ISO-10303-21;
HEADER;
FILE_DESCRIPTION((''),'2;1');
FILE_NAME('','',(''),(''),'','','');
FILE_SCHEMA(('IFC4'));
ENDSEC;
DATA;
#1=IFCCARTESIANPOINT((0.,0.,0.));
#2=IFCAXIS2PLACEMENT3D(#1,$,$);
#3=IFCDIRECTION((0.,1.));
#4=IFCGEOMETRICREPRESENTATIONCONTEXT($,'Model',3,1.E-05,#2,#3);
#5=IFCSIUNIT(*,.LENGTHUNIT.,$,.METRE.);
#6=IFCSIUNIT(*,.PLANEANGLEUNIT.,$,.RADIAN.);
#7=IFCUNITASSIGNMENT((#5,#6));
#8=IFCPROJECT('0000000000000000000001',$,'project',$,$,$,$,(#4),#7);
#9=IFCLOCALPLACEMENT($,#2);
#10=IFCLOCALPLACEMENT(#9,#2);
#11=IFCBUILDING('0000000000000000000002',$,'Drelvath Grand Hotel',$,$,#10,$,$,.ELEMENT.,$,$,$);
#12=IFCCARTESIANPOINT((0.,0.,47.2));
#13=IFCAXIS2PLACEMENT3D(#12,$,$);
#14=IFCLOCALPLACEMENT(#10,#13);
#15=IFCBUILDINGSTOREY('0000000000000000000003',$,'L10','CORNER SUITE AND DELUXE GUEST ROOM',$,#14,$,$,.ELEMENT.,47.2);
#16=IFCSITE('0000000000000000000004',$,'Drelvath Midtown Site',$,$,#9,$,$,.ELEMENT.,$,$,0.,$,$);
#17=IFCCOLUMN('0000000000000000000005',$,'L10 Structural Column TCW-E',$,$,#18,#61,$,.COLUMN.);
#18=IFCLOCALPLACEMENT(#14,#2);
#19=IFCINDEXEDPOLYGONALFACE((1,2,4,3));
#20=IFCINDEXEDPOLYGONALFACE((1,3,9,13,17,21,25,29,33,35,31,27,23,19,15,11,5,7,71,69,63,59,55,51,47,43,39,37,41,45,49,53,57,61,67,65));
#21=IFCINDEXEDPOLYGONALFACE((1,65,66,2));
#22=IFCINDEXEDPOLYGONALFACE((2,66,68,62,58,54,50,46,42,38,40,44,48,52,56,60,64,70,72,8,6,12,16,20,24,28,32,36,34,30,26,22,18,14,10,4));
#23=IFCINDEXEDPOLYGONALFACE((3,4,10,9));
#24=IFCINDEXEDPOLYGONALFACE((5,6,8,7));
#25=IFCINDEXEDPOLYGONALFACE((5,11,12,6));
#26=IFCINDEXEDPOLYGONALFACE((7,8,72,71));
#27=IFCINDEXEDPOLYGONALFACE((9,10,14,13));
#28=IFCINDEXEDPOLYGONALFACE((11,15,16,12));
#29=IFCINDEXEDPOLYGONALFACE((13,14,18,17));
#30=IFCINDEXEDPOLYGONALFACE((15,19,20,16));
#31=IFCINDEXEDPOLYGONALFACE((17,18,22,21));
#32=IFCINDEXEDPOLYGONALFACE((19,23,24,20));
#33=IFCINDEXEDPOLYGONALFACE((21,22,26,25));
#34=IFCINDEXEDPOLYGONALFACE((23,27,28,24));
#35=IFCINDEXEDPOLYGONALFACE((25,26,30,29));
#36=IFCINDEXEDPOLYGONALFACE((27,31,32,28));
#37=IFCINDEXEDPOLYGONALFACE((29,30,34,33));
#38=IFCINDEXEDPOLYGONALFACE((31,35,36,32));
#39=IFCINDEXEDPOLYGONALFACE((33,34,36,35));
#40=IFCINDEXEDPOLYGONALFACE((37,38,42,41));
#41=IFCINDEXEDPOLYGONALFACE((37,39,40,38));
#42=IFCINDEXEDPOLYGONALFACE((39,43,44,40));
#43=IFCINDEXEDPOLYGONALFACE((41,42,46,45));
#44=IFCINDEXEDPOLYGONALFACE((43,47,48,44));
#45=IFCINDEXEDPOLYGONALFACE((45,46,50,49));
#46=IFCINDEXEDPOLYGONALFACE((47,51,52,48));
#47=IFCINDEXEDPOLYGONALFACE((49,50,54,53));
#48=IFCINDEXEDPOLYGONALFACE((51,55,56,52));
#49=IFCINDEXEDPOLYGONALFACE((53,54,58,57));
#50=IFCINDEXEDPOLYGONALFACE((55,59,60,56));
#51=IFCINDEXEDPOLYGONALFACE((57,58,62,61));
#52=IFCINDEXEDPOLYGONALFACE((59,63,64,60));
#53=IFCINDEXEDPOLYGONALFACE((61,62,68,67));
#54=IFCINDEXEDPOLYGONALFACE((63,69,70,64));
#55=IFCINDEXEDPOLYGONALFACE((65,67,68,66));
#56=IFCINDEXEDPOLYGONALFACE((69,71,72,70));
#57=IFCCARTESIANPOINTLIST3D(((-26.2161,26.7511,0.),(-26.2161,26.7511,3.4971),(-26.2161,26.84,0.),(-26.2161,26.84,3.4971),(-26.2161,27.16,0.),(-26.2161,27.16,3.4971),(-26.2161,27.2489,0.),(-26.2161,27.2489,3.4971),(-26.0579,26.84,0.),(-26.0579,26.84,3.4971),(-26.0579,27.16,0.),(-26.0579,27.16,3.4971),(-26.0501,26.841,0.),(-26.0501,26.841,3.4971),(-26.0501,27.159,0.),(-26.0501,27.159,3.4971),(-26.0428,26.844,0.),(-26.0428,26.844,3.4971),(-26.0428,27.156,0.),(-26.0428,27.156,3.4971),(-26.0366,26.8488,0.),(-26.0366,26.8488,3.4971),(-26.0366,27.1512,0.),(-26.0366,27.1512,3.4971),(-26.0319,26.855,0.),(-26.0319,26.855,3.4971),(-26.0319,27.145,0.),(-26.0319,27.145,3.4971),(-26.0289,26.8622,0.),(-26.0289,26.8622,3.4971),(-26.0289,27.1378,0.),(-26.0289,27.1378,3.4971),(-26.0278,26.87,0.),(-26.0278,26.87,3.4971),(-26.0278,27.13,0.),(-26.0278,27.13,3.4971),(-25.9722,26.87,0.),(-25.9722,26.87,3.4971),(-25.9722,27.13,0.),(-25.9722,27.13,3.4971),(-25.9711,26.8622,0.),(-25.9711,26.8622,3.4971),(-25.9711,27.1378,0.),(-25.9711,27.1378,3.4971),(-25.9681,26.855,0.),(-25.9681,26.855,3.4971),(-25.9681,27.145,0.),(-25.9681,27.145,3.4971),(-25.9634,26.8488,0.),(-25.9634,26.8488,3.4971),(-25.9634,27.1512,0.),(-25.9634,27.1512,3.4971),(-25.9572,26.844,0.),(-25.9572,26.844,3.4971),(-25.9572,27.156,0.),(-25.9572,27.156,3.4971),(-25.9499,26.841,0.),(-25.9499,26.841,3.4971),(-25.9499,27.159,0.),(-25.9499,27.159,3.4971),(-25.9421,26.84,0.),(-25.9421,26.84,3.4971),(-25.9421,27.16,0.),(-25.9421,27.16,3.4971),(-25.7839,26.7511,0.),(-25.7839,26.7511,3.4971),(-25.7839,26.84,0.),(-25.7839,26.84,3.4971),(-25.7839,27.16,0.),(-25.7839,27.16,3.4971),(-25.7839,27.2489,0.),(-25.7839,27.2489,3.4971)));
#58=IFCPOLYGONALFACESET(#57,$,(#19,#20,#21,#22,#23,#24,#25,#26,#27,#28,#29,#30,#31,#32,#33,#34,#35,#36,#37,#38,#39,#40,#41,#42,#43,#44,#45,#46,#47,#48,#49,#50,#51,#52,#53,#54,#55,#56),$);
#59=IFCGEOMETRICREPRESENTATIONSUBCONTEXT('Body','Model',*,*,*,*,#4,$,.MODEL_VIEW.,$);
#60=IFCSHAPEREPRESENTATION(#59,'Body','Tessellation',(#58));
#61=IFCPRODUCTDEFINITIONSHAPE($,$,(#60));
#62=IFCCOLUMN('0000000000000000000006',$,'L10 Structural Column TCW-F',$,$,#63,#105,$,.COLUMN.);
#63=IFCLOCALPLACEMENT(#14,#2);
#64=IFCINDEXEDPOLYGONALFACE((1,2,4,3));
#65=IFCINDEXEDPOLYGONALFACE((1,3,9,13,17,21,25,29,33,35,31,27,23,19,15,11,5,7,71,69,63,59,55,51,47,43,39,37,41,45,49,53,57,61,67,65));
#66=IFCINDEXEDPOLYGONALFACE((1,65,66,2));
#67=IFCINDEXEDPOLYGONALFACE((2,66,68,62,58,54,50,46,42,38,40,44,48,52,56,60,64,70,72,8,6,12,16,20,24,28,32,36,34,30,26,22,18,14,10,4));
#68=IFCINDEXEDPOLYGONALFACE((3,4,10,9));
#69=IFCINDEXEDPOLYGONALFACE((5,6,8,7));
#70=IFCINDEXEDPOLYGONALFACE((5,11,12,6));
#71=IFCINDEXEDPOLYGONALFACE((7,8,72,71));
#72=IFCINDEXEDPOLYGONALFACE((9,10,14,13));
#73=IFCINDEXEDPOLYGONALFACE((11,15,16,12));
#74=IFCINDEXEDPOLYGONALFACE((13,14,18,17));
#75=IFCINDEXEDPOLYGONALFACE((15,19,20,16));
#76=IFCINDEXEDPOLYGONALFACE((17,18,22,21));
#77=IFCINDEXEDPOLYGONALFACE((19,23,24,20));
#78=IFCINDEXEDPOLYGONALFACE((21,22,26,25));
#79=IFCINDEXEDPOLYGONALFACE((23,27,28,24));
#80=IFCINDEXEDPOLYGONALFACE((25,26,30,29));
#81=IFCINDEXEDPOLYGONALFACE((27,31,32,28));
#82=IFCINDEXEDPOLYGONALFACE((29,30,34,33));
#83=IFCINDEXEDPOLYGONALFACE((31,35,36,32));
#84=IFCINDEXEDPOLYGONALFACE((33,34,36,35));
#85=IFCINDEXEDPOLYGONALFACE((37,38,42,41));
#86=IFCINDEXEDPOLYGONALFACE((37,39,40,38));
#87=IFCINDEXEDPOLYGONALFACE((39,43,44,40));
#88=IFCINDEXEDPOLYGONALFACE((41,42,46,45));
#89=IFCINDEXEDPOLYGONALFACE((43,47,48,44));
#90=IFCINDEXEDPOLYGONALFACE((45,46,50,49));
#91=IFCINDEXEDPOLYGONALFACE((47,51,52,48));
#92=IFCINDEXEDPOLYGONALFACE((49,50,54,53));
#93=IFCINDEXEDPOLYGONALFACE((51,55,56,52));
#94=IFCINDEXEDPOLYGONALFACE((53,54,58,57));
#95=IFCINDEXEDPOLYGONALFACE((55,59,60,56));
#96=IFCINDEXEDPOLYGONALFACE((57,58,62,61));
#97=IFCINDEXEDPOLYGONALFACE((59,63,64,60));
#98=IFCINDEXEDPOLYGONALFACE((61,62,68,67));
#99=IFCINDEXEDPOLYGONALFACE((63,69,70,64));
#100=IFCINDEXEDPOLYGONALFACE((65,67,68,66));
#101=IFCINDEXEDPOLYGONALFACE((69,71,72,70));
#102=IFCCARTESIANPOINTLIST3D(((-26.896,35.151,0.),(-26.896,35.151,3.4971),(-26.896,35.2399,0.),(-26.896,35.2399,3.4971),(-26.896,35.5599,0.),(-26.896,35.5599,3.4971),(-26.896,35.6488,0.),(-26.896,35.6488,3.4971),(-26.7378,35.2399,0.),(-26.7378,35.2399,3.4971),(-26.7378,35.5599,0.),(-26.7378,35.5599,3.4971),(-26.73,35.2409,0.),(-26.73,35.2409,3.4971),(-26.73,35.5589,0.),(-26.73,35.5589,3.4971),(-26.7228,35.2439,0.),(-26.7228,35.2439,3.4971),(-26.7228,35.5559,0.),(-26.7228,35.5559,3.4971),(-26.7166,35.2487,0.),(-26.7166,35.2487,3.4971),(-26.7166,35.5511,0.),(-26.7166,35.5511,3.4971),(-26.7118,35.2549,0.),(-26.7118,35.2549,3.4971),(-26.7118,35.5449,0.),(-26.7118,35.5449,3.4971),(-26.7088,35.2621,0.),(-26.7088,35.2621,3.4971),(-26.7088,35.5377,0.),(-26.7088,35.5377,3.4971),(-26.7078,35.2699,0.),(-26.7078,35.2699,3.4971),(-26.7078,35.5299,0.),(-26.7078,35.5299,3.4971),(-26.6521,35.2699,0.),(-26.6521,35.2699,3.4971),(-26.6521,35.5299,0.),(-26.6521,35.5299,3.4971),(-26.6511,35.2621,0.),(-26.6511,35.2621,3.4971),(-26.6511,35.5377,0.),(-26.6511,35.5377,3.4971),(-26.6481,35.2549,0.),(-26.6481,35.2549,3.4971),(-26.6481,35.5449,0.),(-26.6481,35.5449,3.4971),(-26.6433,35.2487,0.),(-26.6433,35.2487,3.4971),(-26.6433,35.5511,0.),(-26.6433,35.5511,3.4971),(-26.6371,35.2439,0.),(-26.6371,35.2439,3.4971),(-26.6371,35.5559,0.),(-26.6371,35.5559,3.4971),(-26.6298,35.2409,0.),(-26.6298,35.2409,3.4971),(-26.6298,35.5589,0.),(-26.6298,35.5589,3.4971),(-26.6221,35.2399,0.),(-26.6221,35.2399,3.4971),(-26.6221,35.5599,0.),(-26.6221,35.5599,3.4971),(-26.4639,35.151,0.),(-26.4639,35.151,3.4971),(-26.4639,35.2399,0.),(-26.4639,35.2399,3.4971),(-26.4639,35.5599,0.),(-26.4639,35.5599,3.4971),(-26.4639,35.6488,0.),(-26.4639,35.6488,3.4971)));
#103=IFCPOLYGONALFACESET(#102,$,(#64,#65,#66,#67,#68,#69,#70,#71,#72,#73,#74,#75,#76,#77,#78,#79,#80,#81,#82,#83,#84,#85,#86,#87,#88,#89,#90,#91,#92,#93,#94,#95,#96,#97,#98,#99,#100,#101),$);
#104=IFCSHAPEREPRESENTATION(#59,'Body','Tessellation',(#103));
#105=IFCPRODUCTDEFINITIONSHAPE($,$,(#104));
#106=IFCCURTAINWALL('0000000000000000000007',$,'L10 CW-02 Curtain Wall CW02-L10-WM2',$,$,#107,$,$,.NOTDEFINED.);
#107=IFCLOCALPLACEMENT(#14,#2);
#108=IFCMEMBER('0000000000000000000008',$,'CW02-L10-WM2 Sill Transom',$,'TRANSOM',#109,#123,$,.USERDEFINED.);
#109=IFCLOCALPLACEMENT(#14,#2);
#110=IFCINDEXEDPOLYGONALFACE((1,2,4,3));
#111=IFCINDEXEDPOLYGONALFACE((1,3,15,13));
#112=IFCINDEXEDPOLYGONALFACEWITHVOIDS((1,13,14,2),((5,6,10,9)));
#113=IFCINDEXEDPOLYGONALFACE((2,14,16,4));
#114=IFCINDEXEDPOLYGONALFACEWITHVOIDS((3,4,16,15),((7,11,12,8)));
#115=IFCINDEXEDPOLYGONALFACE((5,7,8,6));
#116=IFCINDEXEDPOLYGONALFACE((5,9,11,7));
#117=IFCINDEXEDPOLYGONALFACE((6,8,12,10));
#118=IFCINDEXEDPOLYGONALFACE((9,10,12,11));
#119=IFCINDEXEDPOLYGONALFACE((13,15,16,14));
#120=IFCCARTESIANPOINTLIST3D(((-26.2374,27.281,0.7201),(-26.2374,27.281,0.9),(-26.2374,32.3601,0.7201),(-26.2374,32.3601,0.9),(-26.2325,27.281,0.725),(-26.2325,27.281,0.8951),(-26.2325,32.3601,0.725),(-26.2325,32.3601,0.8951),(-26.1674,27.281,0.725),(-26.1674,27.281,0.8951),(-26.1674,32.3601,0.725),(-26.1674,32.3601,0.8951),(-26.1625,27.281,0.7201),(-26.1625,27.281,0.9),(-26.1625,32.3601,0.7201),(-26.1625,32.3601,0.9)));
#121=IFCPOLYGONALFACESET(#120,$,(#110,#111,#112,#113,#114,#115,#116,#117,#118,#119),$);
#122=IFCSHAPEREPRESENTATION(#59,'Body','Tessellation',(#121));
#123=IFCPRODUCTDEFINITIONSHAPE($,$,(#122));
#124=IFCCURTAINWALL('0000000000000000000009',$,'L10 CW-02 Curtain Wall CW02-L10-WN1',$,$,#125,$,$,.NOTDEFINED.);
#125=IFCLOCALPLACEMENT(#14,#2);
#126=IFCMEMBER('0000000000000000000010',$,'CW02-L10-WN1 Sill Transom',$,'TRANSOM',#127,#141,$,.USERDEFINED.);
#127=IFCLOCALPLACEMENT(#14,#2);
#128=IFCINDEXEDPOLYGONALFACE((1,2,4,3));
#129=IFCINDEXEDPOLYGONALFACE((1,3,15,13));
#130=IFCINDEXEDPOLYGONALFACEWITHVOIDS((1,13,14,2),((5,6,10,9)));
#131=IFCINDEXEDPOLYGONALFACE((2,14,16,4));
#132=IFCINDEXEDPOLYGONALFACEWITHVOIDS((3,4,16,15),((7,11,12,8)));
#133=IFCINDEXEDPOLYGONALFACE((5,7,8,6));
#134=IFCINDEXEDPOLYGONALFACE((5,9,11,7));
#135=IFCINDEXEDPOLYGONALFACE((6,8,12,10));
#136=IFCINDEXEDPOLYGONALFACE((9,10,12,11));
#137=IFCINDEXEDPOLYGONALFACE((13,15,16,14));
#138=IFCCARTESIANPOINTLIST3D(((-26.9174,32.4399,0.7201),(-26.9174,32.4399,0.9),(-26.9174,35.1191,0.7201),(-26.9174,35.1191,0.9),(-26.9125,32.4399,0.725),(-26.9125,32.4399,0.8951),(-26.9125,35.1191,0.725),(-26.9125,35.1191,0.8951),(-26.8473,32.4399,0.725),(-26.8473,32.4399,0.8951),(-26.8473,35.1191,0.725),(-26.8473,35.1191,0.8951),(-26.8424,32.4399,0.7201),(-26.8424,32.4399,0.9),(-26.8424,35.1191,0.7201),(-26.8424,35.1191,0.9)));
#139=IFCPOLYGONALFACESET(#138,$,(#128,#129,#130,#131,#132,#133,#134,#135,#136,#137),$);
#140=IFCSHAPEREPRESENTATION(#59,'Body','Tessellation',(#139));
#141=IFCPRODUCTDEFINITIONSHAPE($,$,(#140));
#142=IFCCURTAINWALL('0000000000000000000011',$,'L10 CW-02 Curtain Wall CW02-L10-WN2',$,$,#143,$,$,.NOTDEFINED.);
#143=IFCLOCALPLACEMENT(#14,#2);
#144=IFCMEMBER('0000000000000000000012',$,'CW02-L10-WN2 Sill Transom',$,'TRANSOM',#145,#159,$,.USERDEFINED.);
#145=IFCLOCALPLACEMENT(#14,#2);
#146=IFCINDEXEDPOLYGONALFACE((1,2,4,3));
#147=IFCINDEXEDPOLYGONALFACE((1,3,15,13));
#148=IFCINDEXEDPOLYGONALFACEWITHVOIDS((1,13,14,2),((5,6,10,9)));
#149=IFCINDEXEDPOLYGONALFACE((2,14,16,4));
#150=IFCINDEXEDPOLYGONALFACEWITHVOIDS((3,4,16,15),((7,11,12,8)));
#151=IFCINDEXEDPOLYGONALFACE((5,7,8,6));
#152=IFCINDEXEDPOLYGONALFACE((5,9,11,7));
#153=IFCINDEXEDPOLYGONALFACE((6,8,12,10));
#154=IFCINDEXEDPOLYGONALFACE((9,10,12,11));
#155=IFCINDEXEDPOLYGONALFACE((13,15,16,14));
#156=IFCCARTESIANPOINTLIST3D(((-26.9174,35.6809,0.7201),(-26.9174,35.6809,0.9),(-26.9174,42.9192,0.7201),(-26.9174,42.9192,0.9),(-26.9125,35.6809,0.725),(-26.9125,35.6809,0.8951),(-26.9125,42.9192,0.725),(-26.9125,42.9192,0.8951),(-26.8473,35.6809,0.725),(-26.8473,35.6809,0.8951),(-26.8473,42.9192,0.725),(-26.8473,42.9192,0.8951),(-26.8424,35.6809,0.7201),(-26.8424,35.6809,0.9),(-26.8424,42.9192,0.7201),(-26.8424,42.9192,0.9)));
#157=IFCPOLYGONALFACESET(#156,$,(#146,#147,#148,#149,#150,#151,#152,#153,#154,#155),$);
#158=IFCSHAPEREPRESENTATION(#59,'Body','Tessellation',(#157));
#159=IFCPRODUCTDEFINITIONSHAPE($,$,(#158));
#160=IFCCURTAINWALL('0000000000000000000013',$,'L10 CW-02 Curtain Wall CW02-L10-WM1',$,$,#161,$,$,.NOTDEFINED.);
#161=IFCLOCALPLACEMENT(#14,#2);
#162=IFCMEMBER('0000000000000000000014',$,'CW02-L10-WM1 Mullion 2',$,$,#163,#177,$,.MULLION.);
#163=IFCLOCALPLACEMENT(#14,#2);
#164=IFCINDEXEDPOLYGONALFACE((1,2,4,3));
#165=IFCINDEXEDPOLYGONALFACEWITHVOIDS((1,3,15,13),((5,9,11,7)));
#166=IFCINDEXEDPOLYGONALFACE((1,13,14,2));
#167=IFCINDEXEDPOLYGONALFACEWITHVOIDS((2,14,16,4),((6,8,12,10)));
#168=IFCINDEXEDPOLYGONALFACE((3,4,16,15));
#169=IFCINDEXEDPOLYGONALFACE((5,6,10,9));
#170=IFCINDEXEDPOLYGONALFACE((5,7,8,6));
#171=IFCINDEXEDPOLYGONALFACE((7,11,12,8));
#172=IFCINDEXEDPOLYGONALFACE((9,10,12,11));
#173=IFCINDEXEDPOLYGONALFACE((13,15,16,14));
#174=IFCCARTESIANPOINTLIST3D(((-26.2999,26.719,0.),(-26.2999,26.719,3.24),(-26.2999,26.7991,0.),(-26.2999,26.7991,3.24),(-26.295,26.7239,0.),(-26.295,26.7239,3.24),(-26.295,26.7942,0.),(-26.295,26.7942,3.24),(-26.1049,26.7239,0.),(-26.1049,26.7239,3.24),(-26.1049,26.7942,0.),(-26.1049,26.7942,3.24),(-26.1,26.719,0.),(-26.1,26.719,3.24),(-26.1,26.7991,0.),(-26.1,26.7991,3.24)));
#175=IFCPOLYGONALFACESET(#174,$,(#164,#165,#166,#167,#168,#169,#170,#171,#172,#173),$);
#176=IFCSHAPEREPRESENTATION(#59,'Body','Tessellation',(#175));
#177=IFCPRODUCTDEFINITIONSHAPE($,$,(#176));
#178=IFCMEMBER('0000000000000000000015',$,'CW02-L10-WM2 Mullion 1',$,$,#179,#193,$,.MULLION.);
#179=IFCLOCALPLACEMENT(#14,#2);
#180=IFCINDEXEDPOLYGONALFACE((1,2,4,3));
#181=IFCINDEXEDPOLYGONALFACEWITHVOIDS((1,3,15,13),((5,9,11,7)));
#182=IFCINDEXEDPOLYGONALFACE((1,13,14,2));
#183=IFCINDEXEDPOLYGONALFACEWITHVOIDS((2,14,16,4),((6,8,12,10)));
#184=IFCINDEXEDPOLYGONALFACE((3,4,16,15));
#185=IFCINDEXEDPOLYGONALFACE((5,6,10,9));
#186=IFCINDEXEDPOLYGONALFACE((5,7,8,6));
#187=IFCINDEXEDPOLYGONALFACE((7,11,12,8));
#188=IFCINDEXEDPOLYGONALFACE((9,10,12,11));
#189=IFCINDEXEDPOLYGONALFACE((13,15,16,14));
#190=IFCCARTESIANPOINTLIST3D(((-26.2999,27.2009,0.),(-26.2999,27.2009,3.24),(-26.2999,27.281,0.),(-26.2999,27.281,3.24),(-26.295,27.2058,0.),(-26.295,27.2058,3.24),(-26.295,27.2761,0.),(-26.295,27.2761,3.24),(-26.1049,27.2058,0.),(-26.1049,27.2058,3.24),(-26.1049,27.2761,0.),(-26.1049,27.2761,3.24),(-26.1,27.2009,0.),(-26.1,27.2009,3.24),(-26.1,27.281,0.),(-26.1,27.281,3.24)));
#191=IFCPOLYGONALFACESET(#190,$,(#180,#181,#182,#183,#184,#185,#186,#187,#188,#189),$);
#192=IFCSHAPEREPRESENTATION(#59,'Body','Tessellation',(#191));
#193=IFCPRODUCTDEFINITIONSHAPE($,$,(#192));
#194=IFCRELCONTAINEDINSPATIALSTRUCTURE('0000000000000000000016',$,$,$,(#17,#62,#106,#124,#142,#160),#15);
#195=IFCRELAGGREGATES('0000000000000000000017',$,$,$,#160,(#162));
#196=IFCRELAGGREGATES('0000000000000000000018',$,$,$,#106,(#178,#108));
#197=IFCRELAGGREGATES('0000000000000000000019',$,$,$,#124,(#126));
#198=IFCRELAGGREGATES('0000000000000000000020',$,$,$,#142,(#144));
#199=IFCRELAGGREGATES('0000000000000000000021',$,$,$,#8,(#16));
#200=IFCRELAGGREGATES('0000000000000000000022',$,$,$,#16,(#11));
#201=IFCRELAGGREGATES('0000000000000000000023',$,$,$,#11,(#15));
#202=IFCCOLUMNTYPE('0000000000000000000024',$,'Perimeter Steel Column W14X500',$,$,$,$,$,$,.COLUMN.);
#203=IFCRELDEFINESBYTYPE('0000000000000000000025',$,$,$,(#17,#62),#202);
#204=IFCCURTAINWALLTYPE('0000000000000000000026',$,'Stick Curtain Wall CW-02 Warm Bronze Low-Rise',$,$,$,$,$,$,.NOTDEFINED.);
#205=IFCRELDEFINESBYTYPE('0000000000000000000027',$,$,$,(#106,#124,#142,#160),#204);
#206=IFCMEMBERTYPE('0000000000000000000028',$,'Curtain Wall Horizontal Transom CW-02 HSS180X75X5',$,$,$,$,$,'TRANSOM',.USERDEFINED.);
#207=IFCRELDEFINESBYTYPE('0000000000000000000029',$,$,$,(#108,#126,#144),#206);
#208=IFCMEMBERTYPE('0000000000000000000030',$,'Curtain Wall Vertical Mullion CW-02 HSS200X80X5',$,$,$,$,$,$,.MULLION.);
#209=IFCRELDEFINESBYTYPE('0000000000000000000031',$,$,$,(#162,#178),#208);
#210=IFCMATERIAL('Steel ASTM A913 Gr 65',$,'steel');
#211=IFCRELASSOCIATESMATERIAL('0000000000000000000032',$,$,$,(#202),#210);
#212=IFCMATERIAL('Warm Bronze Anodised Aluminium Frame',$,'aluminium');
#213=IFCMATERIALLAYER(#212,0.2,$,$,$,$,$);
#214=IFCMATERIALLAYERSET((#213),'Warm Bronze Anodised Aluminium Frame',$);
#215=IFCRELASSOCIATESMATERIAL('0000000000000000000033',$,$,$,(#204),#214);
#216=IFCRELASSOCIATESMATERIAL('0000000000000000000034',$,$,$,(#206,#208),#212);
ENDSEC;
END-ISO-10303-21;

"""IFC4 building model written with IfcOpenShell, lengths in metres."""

from ifc_helpers import new_model, si_unit, direction, frame, origin, origin_2d, place, context, subcontext, project, spatial, hollow_rectangle, i_section, extrude, material, layer, layer_set, material_profile, profile_set, type_object, element, aggregate, save


model = new_model("IFC4")

# Units and contexts
model_context = context("Model", 3, precision=1e-05, world=origin(), true_north=direction((0.0, 1.0)))
body_context = subcontext(model_context, "Body", "Model", "MODEL_VIEW")
ifc_project = project(units=[si_unit("LENGTHUNIT", "METRE"), si_unit("PLANEANGLEUNIT", "RADIAN")], contexts=[model_context])

# Site, building, storey
site_placement = place(None, origin())
site = spatial("IfcSite", under=ifc_project, at=site_placement, Name="Drelvath Midtown Site", CompositionType="ELEMENT", RefElevation=0.0)
building_placement = place(site_placement, origin())
building = spatial("IfcBuilding", under=site, at=building_placement, Name="Drelvath Grand Hotel", CompositionType="ELEMENT")
storey_placement = place(building_placement, frame((0.0, 0.0, 47.2)))
storey = spatial("IfcBuildingStorey", under=building, at=storey_placement, Name="L10", Description="CORNER SUITE AND DELUXE GUEST ROOM", CompositionType="ELEMENT", Elevation=47.2)

# Columns
ifc_material_1 = material(Name="Steel ASTM A913 Gr 65", Category="steel")
ifc_material_profile_1 = material_profile(ifc_material_1, i_section(OverallWidth=0.4321, OverallDepth=0.4978, WebThickness=0.0557, FlangeThickness=0.0889, FilletRadius=0.03, at=origin_2d()), Name="W14X500")
ifc_profile_set_1 = profile_set([ifc_material_profile_1], Name="Steel ASTM A913 Gr 65")
column_type = type_object("IfcColumnType", Name="Perimeter Steel Column W14X500", PredefinedType="COLUMN", material=ifc_profile_set_1)
for number, where, z_axis, x_axis, name in (
    (1, (-26.0, 27.0, 0.0), (0.0, 0.0, 1.0), (1.0, 0.0, 0.0), "L10 Structural Column TCW-E"),
    (2, (-26.6799, 35.3999, 0.0), (0.0, 0.0, 1.0), (1.0, 0.0, 0.0), "L10 Structural Column TCW-F"),
):
    element("IfcColumn", number, at=place(storey_placement, frame(where, z_axis=z_axis, x_axis=x_axis)), inside=storey, type_object=column_type, Name=name, PredefinedType="COLUMN", context=body_context, shape_type="SweptSolid", body=[
        extrude(i_section(OverallWidth=0.4321, OverallDepth=0.4978, WebThickness=0.0557, FlangeThickness=0.0889, FilletRadius=0.03, at=origin_2d()), origin(), (0.0, 0.0, 1.0), 3.4971),
    ])

# Curtain walls, members
ifc_material_2 = material(Name="Warm Bronze Anodised Aluminium Frame", Category="aluminium")
ifc_layer_1 = layer(ifc_material_2, 0.2)
ifc_layer_set_1 = layer_set([ifc_layer_1], Name="Warm Bronze Anodised Aluminium Frame")
curtain_wall_type = type_object("IfcCurtainWallType", Name="Stick Curtain Wall CW-02 Warm Bronze Low-Rise", PredefinedType="NOTDEFINED", material=ifc_layer_set_1)
curtain_wall_1_placement = place(storey_placement, origin())
curtain_wall_1 = element("IfcCurtainWall", 3, at=curtain_wall_1_placement, inside=storey, type_object=curtain_wall_type, Name="L10 CW-02 Curtain Wall CW02-L10-WM2", PredefinedType="NOTDEFINED")
ifc_material_profile_2 = material_profile(ifc_material_2, hollow_rectangle(XDim=0.075, YDim=0.1799, WallThickness=0.0049, at=origin_2d()), Name="HSS180X75X5")
ifc_profile_set_2 = profile_set([ifc_material_profile_2], Name="Warm Bronze Anodised Aluminium Frame")
member_type_1 = type_object("IfcMemberType", Name="Curtain Wall Horizontal Transom CW-02 HSS180X75X5", ElementType="TRANSOM", PredefinedType="USERDEFINED", material=ifc_profile_set_2)
member_1_placement = place(storey_placement, frame((-26.2, 27.281, 0.8101), z_axis=(0.0, 1.0, 0.0), x_axis=(-1.0, 0.0, 0.0)))
member_1 = element("IfcMember", 4, at=member_1_placement, type_object=member_type_1, Name="CW02-L10-WM2 Sill Transom", ObjectType="TRANSOM", PredefinedType="USERDEFINED", context=body_context, shape_type="SweptSolid", body=[
    extrude(hollow_rectangle(XDim=0.075, YDim=0.1799, WallThickness=0.0049, at=origin_2d()), origin(), (0.0, 0.0, 1.0), 5.0791),
])
curtain_wall_2_placement = place(storey_placement, origin())
curtain_wall_2 = element("IfcCurtainWall", 5, at=curtain_wall_2_placement, inside=storey, type_object=curtain_wall_type, Name="L10 CW-02 Curtain Wall CW02-L10-WN1", PredefinedType="NOTDEFINED")
member_2_placement = place(storey_placement, frame((-26.8799, 32.4399, 0.8101), z_axis=(0.0, 1.0, 0.0), x_axis=(-1.0, 0.0, 0.0)))
member_2 = element("IfcMember", 6, at=member_2_placement, type_object=member_type_1, Name="CW02-L10-WN1 Sill Transom", ObjectType="TRANSOM", PredefinedType="USERDEFINED", context=body_context, shape_type="SweptSolid", body=[
    extrude(hollow_rectangle(XDim=0.075, YDim=0.1799, WallThickness=0.0049, at=origin_2d()), origin(), (0.0, 0.0, 1.0), 2.6792),
])
curtain_wall_3_placement = place(storey_placement, origin())
curtain_wall_3 = element("IfcCurtainWall", 7, at=curtain_wall_3_placement, inside=storey, type_object=curtain_wall_type, Name="L10 CW-02 Curtain Wall CW02-L10-WN2", PredefinedType="NOTDEFINED")
member_3_placement = place(storey_placement, frame((-26.8799, 35.6809, 0.8101), z_axis=(0.0, 1.0, 0.0), x_axis=(-1.0, 0.0, 0.0)))
member_3 = element("IfcMember", 8, at=member_3_placement, type_object=member_type_1, Name="CW02-L10-WN2 Sill Transom", ObjectType="TRANSOM", PredefinedType="USERDEFINED", context=body_context, shape_type="SweptSolid", body=[
    extrude(hollow_rectangle(XDim=0.075, YDim=0.1799, WallThickness=0.0049, at=origin_2d()), origin(), (0.0, 0.0, 1.0), 7.2383),
])
curtain_wall_4_placement = place(storey_placement, origin())
curtain_wall_4 = element("IfcCurtainWall", 9, at=curtain_wall_4_placement, inside=storey, type_object=curtain_wall_type, Name="L10 CW-02 Curtain Wall CW02-L10-WM1", PredefinedType="NOTDEFINED")
ifc_material_profile_3 = material_profile(ifc_material_2, hollow_rectangle(XDim=0.0801, YDim=0.2, WallThickness=0.0049, at=origin_2d()), Name="HSS200X80X5")
ifc_profile_set_3 = profile_set([ifc_material_profile_3], Name="Warm Bronze Anodised Aluminium Frame")
member_type_2 = type_object("IfcMemberType", Name="Curtain Wall Vertical Mullion CW-02 HSS200X80X5", PredefinedType="MULLION", material=ifc_profile_set_3)
member_4_placement = place(storey_placement, frame((-26.2, 26.759, 0.0), z_axis=(0.0, 0.0, 1.0), x_axis=(0.0, 1.0, 0.0)))
member_4 = element("IfcMember", 10, at=member_4_placement, type_object=member_type_2, Name="CW02-L10-WM1 Mullion 2", PredefinedType="MULLION", context=body_context, shape_type="SweptSolid", body=[
    extrude(hollow_rectangle(XDim=0.0801, YDim=0.2, WallThickness=0.0049, at=origin_2d()), origin(), (0.0, 0.0, 1.0), 3.24),
])
aggregate(curtain_wall_4, [member_4])

# Member
member_5_placement = place(storey_placement, frame((-26.2, 27.241, 0.0), z_axis=(0.0, 0.0, 1.0), x_axis=(0.0, 1.0, 0.0)))
member_5 = element("IfcMember", 11, at=member_5_placement, type_object=member_type_2, Name="CW02-L10-WM2 Mullion 1", PredefinedType="MULLION", context=body_context, shape_type="SweptSolid", body=[
    extrude(hollow_rectangle(XDim=0.0801, YDim=0.2, WallThickness=0.0049, at=origin_2d()), origin(), (0.0, 0.0, 1.0), 3.24),
])

aggregate(curtain_wall_1, [member_5, member_1])
aggregate(curtain_wall_2, [member_2])
aggregate(curtain_wall_3, [member_3])

save(model, "model.ifc")
